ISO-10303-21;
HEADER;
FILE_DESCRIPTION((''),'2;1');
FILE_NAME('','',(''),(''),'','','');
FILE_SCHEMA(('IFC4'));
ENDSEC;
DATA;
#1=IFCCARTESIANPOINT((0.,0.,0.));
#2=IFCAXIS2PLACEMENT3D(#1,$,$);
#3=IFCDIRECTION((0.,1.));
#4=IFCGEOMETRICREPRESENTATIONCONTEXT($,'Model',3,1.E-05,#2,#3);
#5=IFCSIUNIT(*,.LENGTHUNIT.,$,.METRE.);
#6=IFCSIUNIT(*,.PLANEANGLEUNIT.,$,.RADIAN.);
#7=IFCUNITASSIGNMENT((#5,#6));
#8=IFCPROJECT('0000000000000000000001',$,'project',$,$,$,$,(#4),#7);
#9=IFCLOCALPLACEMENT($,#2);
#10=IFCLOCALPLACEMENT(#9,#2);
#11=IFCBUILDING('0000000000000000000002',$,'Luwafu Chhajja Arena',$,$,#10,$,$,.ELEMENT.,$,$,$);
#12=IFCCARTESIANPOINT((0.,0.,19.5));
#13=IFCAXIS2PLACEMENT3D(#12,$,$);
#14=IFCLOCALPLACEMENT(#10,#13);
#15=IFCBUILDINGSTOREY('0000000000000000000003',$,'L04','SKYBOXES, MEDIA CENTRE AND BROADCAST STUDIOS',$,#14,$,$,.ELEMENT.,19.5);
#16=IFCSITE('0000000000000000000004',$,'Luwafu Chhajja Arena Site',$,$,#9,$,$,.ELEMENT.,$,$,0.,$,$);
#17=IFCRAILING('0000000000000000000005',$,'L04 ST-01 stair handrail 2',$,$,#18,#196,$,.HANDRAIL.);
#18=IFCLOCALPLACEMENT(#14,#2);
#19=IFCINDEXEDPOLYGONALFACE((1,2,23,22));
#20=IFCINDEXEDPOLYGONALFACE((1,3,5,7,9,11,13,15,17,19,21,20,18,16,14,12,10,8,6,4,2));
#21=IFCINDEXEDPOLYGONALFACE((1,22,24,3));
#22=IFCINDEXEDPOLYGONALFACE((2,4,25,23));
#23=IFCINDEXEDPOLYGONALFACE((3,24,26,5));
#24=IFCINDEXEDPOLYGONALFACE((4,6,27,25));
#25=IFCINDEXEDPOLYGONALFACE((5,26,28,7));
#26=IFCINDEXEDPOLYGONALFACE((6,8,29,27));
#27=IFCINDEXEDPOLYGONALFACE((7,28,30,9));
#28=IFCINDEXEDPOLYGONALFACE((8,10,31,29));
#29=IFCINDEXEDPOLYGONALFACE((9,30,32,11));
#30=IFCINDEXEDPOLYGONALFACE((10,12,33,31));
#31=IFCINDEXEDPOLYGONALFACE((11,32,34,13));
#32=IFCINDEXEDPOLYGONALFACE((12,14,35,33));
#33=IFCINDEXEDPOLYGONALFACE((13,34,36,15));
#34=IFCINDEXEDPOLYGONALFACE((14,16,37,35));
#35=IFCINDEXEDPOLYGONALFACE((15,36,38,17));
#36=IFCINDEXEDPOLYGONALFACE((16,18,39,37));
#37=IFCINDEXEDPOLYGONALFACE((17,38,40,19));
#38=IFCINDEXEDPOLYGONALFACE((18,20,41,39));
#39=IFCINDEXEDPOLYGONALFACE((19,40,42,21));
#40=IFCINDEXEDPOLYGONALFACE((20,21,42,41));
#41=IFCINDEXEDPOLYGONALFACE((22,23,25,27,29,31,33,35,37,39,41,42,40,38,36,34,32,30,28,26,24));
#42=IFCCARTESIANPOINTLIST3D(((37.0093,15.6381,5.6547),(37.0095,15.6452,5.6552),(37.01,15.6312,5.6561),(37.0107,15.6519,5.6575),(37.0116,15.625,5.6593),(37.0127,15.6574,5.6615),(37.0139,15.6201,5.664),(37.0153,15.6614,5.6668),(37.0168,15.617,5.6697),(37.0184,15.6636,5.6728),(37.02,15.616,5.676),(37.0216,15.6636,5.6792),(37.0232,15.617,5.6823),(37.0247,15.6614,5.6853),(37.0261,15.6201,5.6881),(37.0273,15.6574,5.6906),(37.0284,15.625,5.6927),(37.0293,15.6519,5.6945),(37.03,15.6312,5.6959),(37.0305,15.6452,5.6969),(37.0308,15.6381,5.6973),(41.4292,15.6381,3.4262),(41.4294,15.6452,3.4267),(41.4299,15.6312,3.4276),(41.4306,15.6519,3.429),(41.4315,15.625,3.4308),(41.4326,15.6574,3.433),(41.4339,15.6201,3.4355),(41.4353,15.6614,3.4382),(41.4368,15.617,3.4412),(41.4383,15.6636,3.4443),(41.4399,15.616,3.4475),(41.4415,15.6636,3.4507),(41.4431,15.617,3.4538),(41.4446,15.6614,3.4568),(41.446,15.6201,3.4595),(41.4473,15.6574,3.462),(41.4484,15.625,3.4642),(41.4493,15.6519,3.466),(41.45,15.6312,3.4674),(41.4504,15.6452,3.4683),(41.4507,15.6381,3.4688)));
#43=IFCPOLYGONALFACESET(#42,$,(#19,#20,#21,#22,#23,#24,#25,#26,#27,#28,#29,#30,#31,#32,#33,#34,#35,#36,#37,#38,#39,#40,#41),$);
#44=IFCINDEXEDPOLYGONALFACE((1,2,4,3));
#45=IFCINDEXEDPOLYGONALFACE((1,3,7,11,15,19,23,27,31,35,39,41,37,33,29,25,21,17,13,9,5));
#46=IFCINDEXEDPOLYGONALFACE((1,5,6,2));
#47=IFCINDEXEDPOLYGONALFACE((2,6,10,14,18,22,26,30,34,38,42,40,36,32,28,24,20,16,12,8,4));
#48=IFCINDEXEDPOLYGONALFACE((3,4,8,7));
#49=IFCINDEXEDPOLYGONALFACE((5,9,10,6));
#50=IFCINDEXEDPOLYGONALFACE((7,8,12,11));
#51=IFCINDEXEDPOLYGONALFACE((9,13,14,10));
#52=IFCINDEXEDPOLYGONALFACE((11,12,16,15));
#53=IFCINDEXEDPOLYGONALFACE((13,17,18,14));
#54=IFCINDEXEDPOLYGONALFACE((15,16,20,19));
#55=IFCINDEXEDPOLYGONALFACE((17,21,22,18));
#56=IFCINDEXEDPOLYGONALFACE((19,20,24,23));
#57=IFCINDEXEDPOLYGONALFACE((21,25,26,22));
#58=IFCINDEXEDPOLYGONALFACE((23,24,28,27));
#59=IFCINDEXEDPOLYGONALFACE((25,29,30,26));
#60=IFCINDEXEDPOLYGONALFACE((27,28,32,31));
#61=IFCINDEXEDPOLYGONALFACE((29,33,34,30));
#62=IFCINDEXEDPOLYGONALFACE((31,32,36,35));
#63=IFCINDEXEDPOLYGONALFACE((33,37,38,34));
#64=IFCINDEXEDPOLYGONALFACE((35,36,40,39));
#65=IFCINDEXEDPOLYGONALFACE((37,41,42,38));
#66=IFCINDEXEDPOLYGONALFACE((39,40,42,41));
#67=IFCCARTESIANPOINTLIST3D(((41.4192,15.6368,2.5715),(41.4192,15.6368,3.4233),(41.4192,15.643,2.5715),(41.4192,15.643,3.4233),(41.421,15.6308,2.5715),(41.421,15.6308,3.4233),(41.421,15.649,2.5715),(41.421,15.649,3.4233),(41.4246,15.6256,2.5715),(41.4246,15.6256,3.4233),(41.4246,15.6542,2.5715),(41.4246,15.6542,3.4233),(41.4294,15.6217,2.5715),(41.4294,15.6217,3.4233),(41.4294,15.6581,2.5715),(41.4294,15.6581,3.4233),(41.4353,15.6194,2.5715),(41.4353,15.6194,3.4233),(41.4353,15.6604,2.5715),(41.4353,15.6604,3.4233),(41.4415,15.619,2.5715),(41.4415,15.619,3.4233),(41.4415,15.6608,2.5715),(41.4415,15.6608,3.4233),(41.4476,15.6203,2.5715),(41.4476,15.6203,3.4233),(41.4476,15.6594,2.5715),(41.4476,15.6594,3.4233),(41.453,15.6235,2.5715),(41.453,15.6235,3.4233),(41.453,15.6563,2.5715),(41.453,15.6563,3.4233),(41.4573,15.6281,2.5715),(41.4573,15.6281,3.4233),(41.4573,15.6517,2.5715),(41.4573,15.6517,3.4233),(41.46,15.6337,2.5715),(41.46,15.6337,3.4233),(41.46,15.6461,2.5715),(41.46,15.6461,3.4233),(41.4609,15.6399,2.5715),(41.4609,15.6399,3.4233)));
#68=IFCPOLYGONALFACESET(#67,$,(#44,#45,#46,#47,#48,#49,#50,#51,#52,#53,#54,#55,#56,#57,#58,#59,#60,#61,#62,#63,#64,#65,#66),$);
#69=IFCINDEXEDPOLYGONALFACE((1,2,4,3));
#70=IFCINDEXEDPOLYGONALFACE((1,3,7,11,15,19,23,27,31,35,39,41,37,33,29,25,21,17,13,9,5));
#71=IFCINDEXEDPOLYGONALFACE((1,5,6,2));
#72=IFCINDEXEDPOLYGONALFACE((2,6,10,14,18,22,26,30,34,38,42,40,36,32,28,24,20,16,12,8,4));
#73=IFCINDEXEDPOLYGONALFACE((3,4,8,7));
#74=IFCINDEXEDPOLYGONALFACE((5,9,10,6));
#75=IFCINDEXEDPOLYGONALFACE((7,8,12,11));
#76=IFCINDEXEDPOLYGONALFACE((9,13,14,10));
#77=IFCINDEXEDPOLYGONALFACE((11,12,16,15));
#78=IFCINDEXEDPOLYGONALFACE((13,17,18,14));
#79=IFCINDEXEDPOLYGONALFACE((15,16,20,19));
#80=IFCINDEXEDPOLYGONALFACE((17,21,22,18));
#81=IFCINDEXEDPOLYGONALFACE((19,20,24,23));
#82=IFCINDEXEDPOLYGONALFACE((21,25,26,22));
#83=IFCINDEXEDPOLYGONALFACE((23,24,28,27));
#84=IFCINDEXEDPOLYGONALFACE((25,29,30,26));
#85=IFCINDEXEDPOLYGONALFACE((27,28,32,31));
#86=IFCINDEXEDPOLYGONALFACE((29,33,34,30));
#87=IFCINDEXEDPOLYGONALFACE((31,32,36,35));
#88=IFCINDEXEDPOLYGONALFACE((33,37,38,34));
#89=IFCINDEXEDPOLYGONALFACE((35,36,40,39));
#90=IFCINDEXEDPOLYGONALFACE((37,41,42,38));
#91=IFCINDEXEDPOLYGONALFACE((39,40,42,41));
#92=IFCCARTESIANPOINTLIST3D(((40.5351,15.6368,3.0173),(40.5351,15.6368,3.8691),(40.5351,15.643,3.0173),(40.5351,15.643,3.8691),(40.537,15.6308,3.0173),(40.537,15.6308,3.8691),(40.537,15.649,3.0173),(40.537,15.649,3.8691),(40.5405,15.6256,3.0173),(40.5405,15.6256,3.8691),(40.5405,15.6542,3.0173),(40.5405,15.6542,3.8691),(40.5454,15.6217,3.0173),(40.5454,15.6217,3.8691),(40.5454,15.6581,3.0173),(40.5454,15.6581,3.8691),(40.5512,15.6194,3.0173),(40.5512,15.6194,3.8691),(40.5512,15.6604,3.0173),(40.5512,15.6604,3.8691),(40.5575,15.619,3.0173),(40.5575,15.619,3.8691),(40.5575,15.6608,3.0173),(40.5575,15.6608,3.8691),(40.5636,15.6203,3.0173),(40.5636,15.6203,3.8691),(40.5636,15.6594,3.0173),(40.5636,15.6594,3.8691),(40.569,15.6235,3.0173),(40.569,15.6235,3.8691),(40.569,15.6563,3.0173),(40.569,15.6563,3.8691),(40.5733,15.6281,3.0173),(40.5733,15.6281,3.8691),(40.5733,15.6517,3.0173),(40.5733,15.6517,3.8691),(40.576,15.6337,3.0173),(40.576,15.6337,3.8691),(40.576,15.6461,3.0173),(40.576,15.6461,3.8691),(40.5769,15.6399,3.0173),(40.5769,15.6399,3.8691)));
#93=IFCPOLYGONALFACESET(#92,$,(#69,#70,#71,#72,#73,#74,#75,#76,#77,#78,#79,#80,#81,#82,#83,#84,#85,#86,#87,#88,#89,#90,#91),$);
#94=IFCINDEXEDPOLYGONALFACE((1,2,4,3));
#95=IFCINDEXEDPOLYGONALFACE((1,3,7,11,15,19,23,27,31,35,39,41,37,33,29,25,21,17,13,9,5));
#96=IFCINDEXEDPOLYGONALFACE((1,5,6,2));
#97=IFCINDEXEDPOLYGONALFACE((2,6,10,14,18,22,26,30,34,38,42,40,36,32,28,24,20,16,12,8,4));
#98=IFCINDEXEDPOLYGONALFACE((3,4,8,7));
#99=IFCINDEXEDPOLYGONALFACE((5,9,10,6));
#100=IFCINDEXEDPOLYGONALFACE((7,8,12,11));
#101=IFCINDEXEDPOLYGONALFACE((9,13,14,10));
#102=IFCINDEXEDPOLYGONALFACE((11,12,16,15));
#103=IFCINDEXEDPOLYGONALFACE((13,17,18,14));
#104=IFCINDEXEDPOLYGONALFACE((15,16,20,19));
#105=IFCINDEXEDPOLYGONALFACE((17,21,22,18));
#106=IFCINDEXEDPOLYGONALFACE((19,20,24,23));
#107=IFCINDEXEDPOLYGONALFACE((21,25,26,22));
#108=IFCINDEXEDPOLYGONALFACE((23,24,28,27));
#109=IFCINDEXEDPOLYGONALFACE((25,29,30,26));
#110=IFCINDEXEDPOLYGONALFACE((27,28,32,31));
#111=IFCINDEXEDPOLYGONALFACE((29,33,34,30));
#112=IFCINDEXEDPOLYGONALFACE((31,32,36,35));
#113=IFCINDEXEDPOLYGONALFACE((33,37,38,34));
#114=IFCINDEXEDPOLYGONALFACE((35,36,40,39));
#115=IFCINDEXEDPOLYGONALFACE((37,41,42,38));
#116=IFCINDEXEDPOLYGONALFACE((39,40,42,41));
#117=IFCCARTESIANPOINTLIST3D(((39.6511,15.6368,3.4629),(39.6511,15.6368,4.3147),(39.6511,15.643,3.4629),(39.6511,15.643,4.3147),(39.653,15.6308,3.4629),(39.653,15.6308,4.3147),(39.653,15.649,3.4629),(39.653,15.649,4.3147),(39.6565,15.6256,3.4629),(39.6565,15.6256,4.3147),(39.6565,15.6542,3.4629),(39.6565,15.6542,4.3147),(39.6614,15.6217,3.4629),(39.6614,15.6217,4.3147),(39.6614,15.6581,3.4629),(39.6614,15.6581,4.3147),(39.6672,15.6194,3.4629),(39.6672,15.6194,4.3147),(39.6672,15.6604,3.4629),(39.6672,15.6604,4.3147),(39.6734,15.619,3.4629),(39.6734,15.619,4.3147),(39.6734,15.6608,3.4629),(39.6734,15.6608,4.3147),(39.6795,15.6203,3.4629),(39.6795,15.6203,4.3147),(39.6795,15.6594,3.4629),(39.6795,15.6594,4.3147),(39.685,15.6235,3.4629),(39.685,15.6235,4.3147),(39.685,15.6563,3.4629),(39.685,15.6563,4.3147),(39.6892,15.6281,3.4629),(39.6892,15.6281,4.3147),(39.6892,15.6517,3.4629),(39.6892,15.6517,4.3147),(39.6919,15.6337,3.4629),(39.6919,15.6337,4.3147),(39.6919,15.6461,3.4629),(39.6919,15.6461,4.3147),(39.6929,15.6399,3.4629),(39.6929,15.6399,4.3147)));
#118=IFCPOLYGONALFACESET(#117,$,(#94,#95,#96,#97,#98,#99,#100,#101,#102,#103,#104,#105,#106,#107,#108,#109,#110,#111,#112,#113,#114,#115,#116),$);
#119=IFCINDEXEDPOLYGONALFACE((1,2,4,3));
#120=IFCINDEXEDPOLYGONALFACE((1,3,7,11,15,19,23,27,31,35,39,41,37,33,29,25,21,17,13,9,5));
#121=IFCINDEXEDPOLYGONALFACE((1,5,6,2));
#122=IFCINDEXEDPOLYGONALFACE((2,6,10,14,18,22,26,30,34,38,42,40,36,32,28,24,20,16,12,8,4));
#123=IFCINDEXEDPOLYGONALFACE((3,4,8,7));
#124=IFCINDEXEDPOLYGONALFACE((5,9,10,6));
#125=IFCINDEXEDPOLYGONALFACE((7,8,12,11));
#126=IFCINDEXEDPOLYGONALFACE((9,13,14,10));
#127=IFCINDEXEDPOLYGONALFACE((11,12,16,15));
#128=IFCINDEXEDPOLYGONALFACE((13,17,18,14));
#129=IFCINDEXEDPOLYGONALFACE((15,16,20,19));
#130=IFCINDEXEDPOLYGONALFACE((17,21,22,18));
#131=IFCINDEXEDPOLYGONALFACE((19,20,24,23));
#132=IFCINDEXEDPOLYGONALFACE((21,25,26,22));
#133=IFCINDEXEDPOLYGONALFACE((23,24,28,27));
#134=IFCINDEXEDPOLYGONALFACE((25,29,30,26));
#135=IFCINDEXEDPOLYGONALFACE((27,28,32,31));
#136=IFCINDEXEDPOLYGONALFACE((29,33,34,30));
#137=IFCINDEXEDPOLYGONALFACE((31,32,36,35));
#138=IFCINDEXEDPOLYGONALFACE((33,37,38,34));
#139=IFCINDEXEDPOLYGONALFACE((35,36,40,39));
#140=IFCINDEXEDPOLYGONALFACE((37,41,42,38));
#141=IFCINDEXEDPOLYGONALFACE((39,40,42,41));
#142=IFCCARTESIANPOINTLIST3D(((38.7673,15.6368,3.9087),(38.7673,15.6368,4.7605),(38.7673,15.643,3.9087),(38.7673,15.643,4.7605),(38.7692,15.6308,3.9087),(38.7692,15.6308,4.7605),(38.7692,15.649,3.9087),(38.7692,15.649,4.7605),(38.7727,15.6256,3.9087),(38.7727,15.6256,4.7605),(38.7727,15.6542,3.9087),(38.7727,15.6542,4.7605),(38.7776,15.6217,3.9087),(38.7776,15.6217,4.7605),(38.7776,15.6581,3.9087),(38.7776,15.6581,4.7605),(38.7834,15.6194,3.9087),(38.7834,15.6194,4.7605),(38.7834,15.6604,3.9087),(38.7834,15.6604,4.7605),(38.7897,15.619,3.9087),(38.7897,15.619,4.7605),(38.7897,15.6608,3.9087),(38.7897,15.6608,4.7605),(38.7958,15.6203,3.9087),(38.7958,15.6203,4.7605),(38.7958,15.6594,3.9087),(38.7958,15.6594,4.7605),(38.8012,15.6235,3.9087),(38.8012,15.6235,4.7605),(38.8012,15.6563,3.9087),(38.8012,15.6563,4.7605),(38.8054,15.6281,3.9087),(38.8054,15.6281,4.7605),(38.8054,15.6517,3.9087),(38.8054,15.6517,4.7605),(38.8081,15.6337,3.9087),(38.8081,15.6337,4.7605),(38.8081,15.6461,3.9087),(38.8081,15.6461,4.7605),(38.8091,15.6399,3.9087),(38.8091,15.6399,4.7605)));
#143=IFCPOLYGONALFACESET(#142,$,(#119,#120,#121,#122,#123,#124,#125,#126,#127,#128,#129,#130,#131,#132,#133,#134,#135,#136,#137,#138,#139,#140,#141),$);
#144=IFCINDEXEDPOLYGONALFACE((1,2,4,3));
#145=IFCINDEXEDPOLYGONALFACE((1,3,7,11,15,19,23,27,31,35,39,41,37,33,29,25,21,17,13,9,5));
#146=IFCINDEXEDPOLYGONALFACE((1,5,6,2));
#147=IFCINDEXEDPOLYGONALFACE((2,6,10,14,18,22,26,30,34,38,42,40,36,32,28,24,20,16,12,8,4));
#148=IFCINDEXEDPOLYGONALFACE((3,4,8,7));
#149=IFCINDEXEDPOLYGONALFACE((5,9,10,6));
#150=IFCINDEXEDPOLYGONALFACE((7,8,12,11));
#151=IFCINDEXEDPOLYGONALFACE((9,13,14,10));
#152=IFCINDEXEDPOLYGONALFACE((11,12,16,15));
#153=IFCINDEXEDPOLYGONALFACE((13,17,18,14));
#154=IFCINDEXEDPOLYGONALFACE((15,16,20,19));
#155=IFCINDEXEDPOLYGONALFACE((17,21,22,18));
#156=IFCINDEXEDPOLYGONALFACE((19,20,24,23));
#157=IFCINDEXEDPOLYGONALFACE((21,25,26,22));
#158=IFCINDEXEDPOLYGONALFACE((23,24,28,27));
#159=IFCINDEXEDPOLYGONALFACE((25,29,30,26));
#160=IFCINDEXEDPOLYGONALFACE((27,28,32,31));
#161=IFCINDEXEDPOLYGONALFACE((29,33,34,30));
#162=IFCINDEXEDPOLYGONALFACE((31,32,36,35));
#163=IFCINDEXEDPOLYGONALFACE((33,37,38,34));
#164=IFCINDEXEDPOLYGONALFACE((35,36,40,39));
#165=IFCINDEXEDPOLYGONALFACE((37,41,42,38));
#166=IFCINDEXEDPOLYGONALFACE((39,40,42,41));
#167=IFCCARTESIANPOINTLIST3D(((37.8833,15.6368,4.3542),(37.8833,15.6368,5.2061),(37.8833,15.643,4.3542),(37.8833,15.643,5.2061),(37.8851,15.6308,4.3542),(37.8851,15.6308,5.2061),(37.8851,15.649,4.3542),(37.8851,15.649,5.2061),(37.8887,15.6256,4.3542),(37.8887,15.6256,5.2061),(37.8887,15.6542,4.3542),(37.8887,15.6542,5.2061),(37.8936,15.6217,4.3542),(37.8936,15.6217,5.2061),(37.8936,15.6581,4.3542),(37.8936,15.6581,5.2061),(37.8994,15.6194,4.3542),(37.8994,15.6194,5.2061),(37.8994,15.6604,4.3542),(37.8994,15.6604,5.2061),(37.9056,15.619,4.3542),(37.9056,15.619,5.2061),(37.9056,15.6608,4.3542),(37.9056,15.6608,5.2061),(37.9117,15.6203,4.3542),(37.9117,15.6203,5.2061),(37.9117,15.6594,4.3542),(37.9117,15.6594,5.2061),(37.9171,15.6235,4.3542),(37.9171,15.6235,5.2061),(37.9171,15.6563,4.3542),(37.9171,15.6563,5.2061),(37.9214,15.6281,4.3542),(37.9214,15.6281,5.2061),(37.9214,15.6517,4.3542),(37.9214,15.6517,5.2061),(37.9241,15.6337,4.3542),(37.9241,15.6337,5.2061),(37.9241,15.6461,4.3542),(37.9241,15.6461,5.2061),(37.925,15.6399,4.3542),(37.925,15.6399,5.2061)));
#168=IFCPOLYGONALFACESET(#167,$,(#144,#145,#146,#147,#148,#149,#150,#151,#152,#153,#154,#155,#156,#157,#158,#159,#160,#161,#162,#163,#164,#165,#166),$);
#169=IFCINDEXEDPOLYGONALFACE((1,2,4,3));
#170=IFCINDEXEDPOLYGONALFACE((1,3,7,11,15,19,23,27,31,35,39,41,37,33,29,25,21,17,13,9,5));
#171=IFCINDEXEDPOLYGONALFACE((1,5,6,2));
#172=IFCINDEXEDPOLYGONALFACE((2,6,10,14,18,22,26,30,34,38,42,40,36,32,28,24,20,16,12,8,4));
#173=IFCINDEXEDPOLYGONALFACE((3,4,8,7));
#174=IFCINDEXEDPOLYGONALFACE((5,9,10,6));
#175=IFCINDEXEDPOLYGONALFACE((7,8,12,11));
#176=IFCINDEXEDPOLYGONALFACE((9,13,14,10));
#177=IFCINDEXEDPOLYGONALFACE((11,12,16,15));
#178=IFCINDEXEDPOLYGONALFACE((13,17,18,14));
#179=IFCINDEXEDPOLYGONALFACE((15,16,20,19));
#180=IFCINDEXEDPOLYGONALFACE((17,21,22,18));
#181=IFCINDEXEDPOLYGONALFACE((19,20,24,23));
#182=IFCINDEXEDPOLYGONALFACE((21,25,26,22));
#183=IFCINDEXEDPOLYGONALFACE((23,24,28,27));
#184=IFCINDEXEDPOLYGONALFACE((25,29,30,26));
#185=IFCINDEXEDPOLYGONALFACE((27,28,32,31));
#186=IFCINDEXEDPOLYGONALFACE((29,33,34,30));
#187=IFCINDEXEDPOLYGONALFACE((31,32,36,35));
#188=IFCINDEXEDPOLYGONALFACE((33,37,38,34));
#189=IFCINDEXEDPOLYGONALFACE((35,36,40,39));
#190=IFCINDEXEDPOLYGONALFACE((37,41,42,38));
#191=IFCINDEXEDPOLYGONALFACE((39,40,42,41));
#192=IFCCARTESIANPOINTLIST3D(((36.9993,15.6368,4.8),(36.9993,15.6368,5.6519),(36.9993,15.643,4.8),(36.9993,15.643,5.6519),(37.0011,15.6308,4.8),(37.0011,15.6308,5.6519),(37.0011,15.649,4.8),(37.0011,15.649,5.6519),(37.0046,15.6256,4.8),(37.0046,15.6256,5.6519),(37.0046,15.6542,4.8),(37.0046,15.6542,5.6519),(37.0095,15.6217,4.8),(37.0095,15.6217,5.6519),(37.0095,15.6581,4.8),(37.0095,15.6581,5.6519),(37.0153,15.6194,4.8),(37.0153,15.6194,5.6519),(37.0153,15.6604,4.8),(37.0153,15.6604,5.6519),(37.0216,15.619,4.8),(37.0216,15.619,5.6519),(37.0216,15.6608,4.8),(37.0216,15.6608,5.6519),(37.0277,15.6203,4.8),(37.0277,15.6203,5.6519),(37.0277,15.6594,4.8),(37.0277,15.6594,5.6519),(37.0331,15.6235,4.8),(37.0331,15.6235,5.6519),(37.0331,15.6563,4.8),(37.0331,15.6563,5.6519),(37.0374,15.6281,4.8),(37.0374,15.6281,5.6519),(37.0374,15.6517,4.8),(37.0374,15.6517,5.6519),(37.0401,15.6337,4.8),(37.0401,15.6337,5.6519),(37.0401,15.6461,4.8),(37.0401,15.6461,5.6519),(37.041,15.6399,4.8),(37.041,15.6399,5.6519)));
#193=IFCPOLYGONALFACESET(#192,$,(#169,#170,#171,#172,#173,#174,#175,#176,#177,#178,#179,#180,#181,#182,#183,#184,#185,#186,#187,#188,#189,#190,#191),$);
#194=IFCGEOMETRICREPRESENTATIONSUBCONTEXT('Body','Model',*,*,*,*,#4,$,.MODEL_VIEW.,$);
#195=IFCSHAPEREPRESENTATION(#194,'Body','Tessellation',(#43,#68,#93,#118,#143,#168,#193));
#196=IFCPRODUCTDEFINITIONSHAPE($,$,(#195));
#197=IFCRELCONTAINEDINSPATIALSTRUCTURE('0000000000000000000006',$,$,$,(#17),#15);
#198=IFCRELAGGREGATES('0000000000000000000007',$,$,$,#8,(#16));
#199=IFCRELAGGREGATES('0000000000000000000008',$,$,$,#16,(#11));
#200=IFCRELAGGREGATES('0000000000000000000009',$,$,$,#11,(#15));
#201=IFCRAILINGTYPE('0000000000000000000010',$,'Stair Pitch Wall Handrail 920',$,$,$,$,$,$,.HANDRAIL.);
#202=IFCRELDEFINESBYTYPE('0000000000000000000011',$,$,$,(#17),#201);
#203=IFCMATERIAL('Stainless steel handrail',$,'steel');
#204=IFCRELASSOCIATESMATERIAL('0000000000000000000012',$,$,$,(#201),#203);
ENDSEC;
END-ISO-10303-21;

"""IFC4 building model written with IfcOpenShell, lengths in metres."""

from ifc_helpers import new_model, si_unit, direction, frame, origin, origin_2d, place, context, subcontext, project, spatial, circle, extrude, material, type_object, element, save


model = new_model("IFC4")

# Units and contexts
model_context = context("Model", 3, precision=1e-05, world=origin(), true_north=direction((0.0, 1.0)))
body_context = subcontext(model_context, "Body", "Model", "MODEL_VIEW")
ifc_project = project(units=[si_unit("LENGTHUNIT", "METRE"), si_unit("PLANEANGLEUNIT", "RADIAN")], contexts=[model_context])

# Site, building, storey
site_placement = place(None, origin())
site = spatial("IfcSite", under=ifc_project, at=site_placement, Name="Luwafu Chhajja Arena Site", CompositionType="ELEMENT", RefElevation=0.0)
building_placement = place(site_placement, origin())
building = spatial("IfcBuilding", under=site, at=building_placement, Name="Luwafu Chhajja Arena", CompositionType="ELEMENT")
storey_placement = place(building_placement, frame((0.0, 0.0, 19.5)))
storey = spatial("IfcBuildingStorey", under=building, at=storey_placement, Name="L04", Description="SKYBOXES, MEDIA CENTRE AND BROADCAST STUDIOS", CompositionType="ELEMENT", Elevation=19.5)

# Railing
ifc_material_1 = material(Name="Stainless steel handrail", Category="steel")
railing_type_1 = type_object("IfcRailingType", Name="Stair Pitch Wall Handrail 920", PredefinedType="HANDRAIL", material=ifc_material_1)
railing_1_placement = place(storey_placement, frame((41.4399, 15.6399, 2.5715)))
element("IfcRailing", 1, at=railing_1_placement, inside=storey, type_object=railing_type_1, Name="L04 ST-01 stair handrail 2", PredefinedType="HANDRAIL", context=body_context, shape_type="SweptSolid", body=[
    extrude(circle(Radius=0.0239, at=origin_2d()), frame((0.0, 0.0, 0.876), z_axis=(-0.892923, 0.0, 0.45021), x_axis=(0.0, -1.0, 0.0)), (0.0, 0.0, 1.0), 4.95),
    extrude(circle(Radius=0.021, at=origin_2d()), origin(), (0.0, 0.0, 1.0), 0.8518),
    extrude(circle(Radius=0.021, at=origin_2d()), frame((-0.884, 0.0, 0.4458)), (0.0, 0.0, 1.0), 0.8518),
    extrude(circle(Radius=0.021, at=origin_2d()), frame((-1.7681, 0.0, 0.8914)), (0.0, 0.0, 1.0), 0.8518),
    extrude(circle(Radius=0.021, at=origin_2d()), frame((-2.6519, 0.0, 1.3372)), (0.0, 0.0, 1.0), 0.8518),
    extrude(circle(Radius=0.021, at=origin_2d()), frame((-3.5359, 0.0, 1.7827)), (0.0, 0.0, 1.0), 0.8518),
    extrude(circle(Radius=0.021, at=origin_2d()), frame((-4.4199, 0.0, 2.2285)), (0.0, 0.0, 1.0), 0.8518),
])

save(model, "model.ifc")
